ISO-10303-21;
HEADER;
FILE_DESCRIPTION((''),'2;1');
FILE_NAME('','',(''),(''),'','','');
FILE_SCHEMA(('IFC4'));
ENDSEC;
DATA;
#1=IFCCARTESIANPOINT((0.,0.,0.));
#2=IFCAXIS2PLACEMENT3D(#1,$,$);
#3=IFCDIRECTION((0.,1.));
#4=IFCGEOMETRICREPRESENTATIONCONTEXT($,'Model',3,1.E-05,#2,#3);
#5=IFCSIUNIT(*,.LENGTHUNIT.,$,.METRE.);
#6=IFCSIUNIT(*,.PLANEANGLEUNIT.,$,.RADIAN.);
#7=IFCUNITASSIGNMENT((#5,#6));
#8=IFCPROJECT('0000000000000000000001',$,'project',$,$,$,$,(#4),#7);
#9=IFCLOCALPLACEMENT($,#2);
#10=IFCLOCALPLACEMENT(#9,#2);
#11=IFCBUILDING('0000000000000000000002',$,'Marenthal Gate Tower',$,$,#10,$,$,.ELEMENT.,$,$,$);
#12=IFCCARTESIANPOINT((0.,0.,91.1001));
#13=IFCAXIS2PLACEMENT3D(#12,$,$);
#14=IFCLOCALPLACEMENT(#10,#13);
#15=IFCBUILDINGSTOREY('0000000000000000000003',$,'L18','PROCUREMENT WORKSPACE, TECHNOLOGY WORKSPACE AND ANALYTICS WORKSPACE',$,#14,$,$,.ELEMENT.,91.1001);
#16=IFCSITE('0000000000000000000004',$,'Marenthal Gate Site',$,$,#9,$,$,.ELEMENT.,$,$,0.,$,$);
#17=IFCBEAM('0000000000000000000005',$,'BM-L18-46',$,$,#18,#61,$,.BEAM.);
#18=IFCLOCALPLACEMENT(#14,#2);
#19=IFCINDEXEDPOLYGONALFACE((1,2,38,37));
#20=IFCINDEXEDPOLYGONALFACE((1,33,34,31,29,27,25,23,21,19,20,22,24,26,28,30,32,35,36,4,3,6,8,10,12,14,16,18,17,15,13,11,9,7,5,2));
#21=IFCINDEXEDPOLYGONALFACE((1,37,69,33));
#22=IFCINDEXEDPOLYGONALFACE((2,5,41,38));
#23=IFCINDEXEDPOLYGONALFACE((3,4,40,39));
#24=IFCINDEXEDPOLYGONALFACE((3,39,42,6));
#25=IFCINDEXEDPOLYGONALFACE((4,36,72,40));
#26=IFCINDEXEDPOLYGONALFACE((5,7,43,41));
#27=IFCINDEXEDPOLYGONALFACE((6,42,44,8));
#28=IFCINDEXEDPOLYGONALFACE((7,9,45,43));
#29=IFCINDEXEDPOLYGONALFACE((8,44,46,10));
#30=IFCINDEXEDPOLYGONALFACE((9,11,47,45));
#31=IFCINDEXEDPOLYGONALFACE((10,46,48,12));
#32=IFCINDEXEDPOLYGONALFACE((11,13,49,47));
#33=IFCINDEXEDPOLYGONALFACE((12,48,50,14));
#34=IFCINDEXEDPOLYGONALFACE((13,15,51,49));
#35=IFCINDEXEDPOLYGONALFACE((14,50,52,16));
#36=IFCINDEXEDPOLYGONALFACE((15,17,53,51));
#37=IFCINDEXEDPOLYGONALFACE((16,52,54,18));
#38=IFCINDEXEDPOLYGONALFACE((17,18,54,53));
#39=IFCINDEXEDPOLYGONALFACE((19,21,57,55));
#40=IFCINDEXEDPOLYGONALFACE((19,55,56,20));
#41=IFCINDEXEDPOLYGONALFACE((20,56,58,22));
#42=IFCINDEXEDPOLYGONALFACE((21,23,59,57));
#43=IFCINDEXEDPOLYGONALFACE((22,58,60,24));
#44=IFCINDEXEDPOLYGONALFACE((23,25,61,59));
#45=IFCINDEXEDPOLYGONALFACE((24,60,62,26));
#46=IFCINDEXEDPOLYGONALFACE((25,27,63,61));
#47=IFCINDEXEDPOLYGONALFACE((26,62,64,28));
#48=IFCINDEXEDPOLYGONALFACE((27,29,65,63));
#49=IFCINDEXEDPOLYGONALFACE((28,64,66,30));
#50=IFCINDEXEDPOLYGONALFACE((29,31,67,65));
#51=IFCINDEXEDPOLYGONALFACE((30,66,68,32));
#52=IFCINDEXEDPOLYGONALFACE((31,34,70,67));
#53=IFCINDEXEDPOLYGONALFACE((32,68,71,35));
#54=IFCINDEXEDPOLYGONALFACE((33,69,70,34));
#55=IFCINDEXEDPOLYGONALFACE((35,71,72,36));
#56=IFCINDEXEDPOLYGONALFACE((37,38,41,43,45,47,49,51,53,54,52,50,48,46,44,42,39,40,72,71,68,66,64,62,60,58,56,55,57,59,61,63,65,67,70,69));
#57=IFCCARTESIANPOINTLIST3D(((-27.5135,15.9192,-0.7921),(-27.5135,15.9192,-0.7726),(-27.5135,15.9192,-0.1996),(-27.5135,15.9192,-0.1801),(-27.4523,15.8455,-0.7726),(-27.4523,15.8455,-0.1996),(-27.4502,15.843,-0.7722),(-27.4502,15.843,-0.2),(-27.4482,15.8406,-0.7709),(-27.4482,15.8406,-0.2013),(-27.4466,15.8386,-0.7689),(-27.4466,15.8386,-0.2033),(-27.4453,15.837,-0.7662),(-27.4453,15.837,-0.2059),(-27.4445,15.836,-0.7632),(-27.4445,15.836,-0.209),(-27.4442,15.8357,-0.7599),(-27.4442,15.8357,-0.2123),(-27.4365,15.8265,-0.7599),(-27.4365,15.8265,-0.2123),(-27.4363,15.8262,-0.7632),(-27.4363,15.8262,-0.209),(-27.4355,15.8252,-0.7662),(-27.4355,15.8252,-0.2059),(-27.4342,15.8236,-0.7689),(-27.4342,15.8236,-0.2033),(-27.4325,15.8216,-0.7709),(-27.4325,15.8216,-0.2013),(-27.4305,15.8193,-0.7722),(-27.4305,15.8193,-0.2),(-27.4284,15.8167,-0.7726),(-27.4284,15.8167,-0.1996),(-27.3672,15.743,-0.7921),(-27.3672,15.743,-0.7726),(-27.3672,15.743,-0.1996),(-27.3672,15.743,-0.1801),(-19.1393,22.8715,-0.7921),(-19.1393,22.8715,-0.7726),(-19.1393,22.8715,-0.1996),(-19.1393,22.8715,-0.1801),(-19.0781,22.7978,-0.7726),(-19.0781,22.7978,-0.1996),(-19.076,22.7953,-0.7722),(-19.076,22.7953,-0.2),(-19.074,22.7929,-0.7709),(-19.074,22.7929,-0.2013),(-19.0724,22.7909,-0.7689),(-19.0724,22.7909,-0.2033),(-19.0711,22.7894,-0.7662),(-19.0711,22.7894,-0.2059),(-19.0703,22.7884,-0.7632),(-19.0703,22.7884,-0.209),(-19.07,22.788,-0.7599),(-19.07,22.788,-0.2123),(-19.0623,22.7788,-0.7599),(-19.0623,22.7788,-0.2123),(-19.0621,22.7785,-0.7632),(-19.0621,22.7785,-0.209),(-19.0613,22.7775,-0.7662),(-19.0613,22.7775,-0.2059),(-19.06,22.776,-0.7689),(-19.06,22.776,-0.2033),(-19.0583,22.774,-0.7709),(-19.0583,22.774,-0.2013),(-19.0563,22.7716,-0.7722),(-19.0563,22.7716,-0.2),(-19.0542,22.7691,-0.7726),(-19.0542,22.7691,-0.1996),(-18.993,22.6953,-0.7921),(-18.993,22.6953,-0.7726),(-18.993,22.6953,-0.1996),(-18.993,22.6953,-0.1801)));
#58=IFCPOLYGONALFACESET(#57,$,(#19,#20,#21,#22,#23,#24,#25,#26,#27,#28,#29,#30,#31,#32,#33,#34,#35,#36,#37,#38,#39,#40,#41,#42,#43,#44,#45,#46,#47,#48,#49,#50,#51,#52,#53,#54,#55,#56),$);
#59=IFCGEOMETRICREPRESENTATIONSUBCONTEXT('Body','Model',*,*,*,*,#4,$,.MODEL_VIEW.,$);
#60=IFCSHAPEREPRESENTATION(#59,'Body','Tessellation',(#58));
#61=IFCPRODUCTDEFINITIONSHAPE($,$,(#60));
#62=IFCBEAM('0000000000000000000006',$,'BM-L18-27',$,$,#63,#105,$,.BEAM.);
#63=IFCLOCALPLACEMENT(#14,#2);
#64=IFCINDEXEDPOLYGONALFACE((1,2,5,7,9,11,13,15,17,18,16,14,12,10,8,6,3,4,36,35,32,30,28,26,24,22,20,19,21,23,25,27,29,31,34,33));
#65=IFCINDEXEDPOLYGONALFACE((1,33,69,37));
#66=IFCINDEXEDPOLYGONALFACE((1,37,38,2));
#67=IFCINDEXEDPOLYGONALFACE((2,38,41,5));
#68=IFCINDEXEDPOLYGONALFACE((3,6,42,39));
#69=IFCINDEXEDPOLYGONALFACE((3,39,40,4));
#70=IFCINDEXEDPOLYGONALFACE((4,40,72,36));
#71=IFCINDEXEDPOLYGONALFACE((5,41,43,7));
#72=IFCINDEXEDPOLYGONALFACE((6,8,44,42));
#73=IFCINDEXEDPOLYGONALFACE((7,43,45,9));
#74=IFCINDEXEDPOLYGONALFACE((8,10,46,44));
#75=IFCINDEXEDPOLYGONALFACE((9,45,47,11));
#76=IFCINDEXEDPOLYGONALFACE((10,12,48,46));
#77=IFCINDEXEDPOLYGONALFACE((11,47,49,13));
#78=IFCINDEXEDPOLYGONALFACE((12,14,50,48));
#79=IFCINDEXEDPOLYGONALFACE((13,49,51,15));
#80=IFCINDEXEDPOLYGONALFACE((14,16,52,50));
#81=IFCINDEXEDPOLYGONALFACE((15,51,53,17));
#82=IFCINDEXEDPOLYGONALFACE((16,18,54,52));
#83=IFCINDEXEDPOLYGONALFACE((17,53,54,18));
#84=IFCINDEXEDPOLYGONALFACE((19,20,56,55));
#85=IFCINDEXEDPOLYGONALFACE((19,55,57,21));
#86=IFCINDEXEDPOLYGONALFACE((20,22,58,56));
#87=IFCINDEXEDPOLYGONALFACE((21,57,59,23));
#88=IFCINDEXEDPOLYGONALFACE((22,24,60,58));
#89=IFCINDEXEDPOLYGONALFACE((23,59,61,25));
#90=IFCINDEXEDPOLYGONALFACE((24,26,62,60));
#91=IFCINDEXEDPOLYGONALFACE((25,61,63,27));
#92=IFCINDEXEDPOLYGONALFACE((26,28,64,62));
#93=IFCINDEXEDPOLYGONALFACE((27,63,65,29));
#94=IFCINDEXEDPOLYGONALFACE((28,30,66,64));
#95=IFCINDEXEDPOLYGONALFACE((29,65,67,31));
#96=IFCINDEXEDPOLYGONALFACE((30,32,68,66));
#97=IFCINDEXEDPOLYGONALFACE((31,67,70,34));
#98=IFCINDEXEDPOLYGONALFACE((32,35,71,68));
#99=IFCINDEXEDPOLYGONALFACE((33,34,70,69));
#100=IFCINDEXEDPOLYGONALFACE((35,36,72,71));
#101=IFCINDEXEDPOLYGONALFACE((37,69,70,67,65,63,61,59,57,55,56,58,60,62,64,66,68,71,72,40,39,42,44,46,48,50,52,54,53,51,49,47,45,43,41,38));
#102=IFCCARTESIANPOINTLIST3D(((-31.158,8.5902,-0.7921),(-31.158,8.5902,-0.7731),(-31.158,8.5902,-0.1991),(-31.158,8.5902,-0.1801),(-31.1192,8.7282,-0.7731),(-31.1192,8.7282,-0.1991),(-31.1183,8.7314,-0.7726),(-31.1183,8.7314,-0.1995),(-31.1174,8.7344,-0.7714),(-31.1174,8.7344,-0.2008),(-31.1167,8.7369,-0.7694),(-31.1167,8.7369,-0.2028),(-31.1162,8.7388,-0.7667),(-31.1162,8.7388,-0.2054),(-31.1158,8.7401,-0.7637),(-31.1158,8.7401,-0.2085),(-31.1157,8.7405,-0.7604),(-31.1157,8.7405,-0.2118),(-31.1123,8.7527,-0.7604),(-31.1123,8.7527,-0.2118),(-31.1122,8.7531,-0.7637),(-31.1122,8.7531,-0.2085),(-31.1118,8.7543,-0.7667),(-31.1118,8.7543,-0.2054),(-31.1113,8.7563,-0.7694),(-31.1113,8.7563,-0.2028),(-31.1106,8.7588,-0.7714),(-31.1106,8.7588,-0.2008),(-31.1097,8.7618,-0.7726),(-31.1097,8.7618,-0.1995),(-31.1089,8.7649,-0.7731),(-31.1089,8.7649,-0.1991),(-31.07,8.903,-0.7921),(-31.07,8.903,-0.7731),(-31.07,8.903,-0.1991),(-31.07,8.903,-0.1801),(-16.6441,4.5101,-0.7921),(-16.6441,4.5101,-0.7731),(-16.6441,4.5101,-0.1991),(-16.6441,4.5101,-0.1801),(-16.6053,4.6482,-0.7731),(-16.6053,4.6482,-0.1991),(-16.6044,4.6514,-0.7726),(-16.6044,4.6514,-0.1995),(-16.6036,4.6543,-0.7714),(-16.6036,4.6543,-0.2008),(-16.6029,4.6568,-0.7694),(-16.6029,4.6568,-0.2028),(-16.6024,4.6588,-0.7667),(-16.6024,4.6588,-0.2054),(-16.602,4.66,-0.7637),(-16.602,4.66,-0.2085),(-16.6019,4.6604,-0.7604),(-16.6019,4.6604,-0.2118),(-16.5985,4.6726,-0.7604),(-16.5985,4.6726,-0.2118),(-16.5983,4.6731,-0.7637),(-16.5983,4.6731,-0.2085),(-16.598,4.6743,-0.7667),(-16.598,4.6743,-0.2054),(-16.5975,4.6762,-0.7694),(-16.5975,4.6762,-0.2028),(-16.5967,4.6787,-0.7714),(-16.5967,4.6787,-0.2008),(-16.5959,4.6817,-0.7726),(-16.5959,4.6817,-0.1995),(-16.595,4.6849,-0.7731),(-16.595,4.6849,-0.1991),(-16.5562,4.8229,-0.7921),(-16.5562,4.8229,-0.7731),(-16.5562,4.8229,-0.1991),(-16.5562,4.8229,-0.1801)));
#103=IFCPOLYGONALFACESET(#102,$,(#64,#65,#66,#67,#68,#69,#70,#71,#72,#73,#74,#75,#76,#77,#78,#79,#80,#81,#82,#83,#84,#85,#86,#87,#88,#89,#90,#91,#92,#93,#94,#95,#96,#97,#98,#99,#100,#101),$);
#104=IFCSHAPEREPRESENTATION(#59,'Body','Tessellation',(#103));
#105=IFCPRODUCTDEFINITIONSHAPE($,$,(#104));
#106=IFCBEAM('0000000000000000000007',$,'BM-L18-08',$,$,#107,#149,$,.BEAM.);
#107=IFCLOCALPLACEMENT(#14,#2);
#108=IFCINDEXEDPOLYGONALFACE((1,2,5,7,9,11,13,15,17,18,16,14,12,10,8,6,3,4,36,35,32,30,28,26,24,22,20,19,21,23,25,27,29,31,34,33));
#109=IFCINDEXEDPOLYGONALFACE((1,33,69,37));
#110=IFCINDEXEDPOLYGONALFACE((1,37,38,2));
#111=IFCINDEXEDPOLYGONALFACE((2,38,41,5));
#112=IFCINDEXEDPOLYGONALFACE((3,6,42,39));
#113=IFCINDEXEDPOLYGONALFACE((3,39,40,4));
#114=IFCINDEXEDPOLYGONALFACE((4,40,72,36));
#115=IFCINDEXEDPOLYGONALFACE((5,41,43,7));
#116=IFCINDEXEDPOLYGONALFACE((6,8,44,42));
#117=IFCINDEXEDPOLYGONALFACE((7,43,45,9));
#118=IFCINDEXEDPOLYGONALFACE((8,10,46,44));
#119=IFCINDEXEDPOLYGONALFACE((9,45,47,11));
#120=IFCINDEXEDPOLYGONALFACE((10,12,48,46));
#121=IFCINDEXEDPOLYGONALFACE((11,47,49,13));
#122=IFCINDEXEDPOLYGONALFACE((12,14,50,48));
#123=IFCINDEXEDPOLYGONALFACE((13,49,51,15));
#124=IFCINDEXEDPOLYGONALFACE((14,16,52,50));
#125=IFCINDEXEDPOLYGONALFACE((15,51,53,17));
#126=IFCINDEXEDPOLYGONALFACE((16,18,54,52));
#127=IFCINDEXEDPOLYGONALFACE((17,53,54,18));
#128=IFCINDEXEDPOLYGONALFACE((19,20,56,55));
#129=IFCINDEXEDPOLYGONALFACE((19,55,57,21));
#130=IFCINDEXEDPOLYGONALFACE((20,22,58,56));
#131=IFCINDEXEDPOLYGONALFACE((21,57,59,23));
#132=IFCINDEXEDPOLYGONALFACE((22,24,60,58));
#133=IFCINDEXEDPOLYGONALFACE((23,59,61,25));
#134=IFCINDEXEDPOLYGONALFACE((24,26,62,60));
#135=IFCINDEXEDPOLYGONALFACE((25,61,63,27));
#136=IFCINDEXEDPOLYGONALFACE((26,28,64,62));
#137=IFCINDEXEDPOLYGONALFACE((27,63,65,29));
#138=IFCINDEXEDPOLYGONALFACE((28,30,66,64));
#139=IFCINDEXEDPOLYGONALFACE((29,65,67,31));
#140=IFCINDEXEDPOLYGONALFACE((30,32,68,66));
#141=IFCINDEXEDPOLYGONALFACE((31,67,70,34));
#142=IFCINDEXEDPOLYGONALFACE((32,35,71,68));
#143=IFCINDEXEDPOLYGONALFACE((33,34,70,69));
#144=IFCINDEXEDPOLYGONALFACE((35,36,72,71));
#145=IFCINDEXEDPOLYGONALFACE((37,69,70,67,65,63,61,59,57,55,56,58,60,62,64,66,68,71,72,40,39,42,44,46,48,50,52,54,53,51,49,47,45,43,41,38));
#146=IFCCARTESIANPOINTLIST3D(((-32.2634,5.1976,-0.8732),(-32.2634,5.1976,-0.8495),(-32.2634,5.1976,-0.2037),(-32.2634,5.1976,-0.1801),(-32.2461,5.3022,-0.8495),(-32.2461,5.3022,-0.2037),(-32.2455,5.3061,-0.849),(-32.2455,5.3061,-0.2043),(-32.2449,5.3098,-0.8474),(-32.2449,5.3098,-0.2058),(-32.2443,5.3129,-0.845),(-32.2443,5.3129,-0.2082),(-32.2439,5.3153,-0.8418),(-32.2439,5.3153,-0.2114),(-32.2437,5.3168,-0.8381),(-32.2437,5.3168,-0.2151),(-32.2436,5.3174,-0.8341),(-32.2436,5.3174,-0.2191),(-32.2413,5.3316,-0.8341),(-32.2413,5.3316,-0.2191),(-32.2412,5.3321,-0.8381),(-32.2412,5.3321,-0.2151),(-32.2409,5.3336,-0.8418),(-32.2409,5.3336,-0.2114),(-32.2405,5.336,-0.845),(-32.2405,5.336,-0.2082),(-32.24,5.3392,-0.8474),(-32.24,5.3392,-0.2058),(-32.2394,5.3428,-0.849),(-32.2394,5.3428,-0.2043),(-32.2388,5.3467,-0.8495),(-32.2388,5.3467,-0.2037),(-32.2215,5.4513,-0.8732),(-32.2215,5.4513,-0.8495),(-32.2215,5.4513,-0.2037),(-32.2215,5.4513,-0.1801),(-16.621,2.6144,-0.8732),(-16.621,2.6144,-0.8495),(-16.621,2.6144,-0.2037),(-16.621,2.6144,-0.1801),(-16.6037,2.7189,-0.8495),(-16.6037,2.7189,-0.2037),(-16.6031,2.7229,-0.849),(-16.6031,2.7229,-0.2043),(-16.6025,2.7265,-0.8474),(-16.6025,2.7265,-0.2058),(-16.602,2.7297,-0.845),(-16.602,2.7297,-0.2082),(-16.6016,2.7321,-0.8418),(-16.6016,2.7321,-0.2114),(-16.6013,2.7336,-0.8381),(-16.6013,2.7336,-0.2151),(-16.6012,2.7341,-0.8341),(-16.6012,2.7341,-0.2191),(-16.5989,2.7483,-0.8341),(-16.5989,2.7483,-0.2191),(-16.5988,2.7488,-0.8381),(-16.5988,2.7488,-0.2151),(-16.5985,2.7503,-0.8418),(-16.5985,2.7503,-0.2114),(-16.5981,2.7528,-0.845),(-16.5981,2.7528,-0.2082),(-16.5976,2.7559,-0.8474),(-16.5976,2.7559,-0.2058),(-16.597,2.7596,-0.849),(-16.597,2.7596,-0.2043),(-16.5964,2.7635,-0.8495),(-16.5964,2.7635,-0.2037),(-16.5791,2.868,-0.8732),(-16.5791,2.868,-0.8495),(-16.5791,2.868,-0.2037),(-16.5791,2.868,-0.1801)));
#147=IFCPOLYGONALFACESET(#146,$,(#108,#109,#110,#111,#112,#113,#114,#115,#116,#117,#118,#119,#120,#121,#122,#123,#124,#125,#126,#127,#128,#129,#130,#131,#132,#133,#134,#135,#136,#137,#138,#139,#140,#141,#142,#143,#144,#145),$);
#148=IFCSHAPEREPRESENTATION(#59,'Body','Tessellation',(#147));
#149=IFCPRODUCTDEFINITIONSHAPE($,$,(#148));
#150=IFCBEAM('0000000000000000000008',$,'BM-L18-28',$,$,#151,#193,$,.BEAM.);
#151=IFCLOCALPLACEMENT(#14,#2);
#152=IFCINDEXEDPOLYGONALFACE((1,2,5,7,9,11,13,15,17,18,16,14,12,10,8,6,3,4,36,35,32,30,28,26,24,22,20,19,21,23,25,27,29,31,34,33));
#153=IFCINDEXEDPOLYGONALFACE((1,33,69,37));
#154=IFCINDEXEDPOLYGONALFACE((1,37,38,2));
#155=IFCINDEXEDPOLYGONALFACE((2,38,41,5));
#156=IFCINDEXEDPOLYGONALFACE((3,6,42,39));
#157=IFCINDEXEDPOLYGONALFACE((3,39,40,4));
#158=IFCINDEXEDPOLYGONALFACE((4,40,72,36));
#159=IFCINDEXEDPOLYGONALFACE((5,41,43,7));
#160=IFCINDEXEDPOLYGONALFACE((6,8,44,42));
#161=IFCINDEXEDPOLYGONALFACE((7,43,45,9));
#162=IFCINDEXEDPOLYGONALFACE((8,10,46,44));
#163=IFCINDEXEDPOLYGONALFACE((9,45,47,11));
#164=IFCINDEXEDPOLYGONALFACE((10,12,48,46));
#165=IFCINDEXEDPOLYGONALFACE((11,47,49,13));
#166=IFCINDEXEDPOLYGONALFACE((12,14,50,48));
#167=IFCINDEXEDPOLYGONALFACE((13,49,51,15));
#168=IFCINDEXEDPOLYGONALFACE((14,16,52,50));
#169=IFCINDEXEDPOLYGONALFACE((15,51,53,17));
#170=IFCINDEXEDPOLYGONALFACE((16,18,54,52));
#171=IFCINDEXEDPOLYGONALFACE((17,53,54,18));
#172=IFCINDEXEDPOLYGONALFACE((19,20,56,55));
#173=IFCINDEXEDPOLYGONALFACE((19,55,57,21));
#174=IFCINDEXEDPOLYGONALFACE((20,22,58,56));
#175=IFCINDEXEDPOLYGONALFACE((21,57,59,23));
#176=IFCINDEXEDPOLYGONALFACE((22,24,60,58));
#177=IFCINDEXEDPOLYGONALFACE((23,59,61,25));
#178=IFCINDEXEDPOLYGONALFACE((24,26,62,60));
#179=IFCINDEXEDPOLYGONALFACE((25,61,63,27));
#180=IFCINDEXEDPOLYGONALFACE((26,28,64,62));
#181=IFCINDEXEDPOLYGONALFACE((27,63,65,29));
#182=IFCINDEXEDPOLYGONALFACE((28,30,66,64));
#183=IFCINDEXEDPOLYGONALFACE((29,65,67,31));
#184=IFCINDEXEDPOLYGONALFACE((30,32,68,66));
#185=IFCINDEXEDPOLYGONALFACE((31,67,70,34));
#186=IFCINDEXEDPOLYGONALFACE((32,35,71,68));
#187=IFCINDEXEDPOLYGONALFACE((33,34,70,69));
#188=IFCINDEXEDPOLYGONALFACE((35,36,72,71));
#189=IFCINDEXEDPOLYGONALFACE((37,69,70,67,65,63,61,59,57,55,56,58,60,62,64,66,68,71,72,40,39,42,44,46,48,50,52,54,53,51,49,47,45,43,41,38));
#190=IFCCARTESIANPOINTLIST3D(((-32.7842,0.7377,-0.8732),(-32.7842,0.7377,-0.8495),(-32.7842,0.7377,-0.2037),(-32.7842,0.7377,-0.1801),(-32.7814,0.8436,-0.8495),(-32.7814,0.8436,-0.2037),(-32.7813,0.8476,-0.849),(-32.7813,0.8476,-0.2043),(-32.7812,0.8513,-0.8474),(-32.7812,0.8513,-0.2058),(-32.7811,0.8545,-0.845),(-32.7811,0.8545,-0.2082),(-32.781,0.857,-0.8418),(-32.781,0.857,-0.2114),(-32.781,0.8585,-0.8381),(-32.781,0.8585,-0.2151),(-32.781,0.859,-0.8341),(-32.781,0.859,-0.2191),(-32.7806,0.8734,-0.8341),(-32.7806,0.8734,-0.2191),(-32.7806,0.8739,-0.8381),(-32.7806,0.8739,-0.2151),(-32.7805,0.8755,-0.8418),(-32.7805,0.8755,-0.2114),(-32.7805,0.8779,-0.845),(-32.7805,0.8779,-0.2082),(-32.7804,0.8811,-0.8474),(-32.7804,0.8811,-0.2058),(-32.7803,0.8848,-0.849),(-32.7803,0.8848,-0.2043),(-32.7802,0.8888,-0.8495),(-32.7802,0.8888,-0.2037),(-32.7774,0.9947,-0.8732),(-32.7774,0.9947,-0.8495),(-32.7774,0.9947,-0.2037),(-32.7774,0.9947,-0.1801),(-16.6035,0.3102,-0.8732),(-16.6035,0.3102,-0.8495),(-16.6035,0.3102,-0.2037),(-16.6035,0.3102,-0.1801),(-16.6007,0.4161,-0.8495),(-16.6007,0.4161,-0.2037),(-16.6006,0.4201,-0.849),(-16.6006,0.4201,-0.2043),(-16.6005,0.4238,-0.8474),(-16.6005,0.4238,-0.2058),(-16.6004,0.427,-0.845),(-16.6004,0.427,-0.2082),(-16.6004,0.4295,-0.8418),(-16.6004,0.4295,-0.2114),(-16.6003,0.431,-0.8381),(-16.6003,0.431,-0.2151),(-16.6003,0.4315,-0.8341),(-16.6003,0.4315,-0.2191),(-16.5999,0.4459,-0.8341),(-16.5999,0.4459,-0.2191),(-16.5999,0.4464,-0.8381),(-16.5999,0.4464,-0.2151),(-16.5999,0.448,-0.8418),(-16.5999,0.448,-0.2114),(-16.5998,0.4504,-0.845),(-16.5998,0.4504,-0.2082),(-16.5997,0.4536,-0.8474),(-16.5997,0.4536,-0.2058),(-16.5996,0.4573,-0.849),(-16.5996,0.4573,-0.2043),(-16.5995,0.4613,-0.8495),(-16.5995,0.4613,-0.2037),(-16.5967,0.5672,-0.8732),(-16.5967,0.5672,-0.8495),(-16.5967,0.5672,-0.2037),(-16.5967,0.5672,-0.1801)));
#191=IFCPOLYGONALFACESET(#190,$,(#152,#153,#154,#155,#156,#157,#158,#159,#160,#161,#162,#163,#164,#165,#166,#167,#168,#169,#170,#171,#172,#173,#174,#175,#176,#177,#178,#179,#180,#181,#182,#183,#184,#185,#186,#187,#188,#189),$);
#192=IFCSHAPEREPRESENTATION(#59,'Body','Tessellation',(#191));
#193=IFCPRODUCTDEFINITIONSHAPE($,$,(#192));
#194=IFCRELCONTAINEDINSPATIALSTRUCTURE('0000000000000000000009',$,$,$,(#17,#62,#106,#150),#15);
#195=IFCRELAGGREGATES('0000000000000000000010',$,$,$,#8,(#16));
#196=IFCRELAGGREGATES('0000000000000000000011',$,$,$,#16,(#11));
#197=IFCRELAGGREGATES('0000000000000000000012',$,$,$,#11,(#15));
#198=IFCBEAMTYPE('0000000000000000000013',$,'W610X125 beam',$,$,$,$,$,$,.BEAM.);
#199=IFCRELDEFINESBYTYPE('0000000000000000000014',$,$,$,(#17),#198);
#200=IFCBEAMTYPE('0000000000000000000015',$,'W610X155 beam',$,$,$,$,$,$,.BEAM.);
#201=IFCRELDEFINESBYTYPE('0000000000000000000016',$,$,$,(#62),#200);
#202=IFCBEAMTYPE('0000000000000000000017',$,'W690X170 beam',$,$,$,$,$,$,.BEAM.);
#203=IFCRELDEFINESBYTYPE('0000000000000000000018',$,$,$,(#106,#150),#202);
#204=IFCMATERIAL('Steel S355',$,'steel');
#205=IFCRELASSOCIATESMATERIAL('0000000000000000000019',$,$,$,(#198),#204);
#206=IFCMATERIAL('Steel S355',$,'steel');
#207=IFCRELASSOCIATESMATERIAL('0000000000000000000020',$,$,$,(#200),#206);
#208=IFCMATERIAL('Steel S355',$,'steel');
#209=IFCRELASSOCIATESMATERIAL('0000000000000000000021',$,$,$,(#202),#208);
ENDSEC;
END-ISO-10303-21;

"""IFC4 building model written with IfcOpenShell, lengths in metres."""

from ifc_helpers import new_model, si_unit, direction, frame, origin, origin_2d, place, context, subcontext, project, spatial, i_section, extrude, material, material_profile, profile_set, type_object, element, save


model = new_model("IFC4")

# Units and contexts
model_context = context("Model", 3, precision=1e-05, world=origin(), true_north=direction((0.0, 1.0)))
body_context = subcontext(model_context, "Body", "Model", "MODEL_VIEW")
ifc_project = project(units=[si_unit("LENGTHUNIT", "METRE"), si_unit("PLANEANGLEUNIT", "RADIAN")], contexts=[model_context])

# Site, building, storey
site_placement = place(None, origin())
site = spatial("IfcSite", under=ifc_project, at=site_placement, Name="Marenthal Gate Site", CompositionType="ELEMENT", RefElevation=0.0)
building_placement = place(site_placement, origin())
building = spatial("IfcBuilding", under=site, at=building_placement, Name="Marenthal Gate Tower", CompositionType="ELEMENT")
storey_placement = place(building_placement, frame((0.0, 0.0, 91.1001)))
storey = spatial("IfcBuildingStorey", under=building, at=storey_placement, Name="L18", Description="PROCUREMENT WORKSPACE, TECHNOLOGY WORKSPACE AND ANALYTICS WORKSPACE", CompositionType="ELEMENT", Elevation=91.1001)

# Beams
ifc_material_1 = material(Name="Steel S355", Category="steel")
ifc_material_profile_1 = material_profile(ifc_material_1, i_section(OverallWidth=0.229, OverallDepth=0.6121, WebThickness=0.012, FlangeThickness=0.0195, FilletRadius=0.0127, at=origin_2d()), Name="W610X125")
ifc_profile_set_1 = profile_set([ifc_material_profile_1], Name="Steel S355")
beam_type_1 = type_object("IfcBeamType", Name="W610X125 beam", PredefinedType="BEAM", material=ifc_profile_set_1)
beam_1_placement = place(storey_placement, frame((-19.0662, 22.7834, -0.4861), z_axis=(-0.769402, -0.638765, 0.0), x_axis=(0.638765, -0.769402, 0.0)))
element("IfcBeam", 1, at=beam_1_placement, inside=storey, type_object=beam_type_1, Name="BM-L18-46", PredefinedType="BEAM", context=body_context, shape_type="SweptSolid", body=[
    extrude(i_section(OverallWidth=0.229, OverallDepth=0.6121, WebThickness=0.012, FlangeThickness=0.0195, FilletRadius=0.0127, at=origin_2d()), origin(), (0.0, 0.0, 1.0), 10.884),
])
ifc_material_2 = material(Name="Steel S355", Category="steel")
ifc_material_profile_2 = material_profile(ifc_material_2, i_section(OverallWidth=0.325, OverallDepth=0.6121, WebThickness=0.0127, FlangeThickness=0.019, FilletRadius=0.0127, at=origin_2d()), Name="W610X155")
ifc_profile_set_2 = profile_set([ifc_material_profile_2], Name="Steel S355")
beam_type_2 = type_object("IfcBeamType", Name="W610X155 beam", PredefinedType="BEAM", material=ifc_profile_set_2)
beam_2_placement = place(storey_placement, frame((-31.114, 8.7466, -0.4861), z_axis=(0.962685, -0.270625, 0.0), x_axis=(0.270625, 0.962685, 0.0)))
element("IfcBeam", 2, at=beam_2_placement, inside=storey, type_object=beam_type_2, Name="BM-L18-27", PredefinedType="BEAM", context=body_context, shape_type="SweptSolid", body=[
    extrude(i_section(OverallWidth=0.325, OverallDepth=0.6121, WebThickness=0.0127, FlangeThickness=0.019, FilletRadius=0.0127, at=origin_2d()), origin(), (0.0, 0.0, 1.0), 15.0764),
])
ifc_material_3 = material(Name="Steel S355", Category="steel")
ifc_material_profile_3 = material_profile(ifc_material_3, i_section(OverallWidth=0.2571, OverallDepth=0.6931, WebThickness=0.0144, FlangeThickness=0.0237, FilletRadius=0.0154, at=origin_2d()), Name="W690X170")
ifc_profile_set_3 = profile_set([ifc_material_profile_3], Name="Steel S355")
beam_type_3 = type_object("IfcBeamType", Name="W690X170 beam", PredefinedType="BEAM", material=ifc_profile_set_3)
beam_3_placement = place(storey_placement, frame((-32.2424, 5.3245, -0.5266), z_axis=(0.986636, -0.162938, 0.0), x_axis=(0.162938, 0.986636, 0.0)))
element("IfcBeam", 3, at=beam_3_placement, inside=storey, type_object=beam_type_3, Name="BM-L18-08", PredefinedType="BEAM", context=body_context, shape_type="SweptSolid", body=[
    extrude(i_section(OverallWidth=0.2571, OverallDepth=0.6931, WebThickness=0.0144, FlangeThickness=0.0237, FilletRadius=0.0154, at=origin_2d()), origin(), (0.0, 0.0, 1.0), 15.8542),
])
beam_4_placement = place(storey_placement, frame((-32.7808, 0.8662, -0.5266), z_axis=(0.999651, -0.026411, 0.0), x_axis=(0.026411, 0.999651, 0.0)))
element("IfcBeam", 4, at=beam_4_placement, inside=storey, type_object=beam_type_3, Name="BM-L18-28", PredefinedType="BEAM", context=body_context, shape_type="SweptSolid", body=[
    extrude(i_section(OverallWidth=0.2571, OverallDepth=0.6931, WebThickness=0.0144, FlangeThickness=0.0237, FilletRadius=0.0154, at=origin_2d()), origin(), (0.0, 0.0, 1.0), 16.1863),
])

save(model, "model.ifc")
